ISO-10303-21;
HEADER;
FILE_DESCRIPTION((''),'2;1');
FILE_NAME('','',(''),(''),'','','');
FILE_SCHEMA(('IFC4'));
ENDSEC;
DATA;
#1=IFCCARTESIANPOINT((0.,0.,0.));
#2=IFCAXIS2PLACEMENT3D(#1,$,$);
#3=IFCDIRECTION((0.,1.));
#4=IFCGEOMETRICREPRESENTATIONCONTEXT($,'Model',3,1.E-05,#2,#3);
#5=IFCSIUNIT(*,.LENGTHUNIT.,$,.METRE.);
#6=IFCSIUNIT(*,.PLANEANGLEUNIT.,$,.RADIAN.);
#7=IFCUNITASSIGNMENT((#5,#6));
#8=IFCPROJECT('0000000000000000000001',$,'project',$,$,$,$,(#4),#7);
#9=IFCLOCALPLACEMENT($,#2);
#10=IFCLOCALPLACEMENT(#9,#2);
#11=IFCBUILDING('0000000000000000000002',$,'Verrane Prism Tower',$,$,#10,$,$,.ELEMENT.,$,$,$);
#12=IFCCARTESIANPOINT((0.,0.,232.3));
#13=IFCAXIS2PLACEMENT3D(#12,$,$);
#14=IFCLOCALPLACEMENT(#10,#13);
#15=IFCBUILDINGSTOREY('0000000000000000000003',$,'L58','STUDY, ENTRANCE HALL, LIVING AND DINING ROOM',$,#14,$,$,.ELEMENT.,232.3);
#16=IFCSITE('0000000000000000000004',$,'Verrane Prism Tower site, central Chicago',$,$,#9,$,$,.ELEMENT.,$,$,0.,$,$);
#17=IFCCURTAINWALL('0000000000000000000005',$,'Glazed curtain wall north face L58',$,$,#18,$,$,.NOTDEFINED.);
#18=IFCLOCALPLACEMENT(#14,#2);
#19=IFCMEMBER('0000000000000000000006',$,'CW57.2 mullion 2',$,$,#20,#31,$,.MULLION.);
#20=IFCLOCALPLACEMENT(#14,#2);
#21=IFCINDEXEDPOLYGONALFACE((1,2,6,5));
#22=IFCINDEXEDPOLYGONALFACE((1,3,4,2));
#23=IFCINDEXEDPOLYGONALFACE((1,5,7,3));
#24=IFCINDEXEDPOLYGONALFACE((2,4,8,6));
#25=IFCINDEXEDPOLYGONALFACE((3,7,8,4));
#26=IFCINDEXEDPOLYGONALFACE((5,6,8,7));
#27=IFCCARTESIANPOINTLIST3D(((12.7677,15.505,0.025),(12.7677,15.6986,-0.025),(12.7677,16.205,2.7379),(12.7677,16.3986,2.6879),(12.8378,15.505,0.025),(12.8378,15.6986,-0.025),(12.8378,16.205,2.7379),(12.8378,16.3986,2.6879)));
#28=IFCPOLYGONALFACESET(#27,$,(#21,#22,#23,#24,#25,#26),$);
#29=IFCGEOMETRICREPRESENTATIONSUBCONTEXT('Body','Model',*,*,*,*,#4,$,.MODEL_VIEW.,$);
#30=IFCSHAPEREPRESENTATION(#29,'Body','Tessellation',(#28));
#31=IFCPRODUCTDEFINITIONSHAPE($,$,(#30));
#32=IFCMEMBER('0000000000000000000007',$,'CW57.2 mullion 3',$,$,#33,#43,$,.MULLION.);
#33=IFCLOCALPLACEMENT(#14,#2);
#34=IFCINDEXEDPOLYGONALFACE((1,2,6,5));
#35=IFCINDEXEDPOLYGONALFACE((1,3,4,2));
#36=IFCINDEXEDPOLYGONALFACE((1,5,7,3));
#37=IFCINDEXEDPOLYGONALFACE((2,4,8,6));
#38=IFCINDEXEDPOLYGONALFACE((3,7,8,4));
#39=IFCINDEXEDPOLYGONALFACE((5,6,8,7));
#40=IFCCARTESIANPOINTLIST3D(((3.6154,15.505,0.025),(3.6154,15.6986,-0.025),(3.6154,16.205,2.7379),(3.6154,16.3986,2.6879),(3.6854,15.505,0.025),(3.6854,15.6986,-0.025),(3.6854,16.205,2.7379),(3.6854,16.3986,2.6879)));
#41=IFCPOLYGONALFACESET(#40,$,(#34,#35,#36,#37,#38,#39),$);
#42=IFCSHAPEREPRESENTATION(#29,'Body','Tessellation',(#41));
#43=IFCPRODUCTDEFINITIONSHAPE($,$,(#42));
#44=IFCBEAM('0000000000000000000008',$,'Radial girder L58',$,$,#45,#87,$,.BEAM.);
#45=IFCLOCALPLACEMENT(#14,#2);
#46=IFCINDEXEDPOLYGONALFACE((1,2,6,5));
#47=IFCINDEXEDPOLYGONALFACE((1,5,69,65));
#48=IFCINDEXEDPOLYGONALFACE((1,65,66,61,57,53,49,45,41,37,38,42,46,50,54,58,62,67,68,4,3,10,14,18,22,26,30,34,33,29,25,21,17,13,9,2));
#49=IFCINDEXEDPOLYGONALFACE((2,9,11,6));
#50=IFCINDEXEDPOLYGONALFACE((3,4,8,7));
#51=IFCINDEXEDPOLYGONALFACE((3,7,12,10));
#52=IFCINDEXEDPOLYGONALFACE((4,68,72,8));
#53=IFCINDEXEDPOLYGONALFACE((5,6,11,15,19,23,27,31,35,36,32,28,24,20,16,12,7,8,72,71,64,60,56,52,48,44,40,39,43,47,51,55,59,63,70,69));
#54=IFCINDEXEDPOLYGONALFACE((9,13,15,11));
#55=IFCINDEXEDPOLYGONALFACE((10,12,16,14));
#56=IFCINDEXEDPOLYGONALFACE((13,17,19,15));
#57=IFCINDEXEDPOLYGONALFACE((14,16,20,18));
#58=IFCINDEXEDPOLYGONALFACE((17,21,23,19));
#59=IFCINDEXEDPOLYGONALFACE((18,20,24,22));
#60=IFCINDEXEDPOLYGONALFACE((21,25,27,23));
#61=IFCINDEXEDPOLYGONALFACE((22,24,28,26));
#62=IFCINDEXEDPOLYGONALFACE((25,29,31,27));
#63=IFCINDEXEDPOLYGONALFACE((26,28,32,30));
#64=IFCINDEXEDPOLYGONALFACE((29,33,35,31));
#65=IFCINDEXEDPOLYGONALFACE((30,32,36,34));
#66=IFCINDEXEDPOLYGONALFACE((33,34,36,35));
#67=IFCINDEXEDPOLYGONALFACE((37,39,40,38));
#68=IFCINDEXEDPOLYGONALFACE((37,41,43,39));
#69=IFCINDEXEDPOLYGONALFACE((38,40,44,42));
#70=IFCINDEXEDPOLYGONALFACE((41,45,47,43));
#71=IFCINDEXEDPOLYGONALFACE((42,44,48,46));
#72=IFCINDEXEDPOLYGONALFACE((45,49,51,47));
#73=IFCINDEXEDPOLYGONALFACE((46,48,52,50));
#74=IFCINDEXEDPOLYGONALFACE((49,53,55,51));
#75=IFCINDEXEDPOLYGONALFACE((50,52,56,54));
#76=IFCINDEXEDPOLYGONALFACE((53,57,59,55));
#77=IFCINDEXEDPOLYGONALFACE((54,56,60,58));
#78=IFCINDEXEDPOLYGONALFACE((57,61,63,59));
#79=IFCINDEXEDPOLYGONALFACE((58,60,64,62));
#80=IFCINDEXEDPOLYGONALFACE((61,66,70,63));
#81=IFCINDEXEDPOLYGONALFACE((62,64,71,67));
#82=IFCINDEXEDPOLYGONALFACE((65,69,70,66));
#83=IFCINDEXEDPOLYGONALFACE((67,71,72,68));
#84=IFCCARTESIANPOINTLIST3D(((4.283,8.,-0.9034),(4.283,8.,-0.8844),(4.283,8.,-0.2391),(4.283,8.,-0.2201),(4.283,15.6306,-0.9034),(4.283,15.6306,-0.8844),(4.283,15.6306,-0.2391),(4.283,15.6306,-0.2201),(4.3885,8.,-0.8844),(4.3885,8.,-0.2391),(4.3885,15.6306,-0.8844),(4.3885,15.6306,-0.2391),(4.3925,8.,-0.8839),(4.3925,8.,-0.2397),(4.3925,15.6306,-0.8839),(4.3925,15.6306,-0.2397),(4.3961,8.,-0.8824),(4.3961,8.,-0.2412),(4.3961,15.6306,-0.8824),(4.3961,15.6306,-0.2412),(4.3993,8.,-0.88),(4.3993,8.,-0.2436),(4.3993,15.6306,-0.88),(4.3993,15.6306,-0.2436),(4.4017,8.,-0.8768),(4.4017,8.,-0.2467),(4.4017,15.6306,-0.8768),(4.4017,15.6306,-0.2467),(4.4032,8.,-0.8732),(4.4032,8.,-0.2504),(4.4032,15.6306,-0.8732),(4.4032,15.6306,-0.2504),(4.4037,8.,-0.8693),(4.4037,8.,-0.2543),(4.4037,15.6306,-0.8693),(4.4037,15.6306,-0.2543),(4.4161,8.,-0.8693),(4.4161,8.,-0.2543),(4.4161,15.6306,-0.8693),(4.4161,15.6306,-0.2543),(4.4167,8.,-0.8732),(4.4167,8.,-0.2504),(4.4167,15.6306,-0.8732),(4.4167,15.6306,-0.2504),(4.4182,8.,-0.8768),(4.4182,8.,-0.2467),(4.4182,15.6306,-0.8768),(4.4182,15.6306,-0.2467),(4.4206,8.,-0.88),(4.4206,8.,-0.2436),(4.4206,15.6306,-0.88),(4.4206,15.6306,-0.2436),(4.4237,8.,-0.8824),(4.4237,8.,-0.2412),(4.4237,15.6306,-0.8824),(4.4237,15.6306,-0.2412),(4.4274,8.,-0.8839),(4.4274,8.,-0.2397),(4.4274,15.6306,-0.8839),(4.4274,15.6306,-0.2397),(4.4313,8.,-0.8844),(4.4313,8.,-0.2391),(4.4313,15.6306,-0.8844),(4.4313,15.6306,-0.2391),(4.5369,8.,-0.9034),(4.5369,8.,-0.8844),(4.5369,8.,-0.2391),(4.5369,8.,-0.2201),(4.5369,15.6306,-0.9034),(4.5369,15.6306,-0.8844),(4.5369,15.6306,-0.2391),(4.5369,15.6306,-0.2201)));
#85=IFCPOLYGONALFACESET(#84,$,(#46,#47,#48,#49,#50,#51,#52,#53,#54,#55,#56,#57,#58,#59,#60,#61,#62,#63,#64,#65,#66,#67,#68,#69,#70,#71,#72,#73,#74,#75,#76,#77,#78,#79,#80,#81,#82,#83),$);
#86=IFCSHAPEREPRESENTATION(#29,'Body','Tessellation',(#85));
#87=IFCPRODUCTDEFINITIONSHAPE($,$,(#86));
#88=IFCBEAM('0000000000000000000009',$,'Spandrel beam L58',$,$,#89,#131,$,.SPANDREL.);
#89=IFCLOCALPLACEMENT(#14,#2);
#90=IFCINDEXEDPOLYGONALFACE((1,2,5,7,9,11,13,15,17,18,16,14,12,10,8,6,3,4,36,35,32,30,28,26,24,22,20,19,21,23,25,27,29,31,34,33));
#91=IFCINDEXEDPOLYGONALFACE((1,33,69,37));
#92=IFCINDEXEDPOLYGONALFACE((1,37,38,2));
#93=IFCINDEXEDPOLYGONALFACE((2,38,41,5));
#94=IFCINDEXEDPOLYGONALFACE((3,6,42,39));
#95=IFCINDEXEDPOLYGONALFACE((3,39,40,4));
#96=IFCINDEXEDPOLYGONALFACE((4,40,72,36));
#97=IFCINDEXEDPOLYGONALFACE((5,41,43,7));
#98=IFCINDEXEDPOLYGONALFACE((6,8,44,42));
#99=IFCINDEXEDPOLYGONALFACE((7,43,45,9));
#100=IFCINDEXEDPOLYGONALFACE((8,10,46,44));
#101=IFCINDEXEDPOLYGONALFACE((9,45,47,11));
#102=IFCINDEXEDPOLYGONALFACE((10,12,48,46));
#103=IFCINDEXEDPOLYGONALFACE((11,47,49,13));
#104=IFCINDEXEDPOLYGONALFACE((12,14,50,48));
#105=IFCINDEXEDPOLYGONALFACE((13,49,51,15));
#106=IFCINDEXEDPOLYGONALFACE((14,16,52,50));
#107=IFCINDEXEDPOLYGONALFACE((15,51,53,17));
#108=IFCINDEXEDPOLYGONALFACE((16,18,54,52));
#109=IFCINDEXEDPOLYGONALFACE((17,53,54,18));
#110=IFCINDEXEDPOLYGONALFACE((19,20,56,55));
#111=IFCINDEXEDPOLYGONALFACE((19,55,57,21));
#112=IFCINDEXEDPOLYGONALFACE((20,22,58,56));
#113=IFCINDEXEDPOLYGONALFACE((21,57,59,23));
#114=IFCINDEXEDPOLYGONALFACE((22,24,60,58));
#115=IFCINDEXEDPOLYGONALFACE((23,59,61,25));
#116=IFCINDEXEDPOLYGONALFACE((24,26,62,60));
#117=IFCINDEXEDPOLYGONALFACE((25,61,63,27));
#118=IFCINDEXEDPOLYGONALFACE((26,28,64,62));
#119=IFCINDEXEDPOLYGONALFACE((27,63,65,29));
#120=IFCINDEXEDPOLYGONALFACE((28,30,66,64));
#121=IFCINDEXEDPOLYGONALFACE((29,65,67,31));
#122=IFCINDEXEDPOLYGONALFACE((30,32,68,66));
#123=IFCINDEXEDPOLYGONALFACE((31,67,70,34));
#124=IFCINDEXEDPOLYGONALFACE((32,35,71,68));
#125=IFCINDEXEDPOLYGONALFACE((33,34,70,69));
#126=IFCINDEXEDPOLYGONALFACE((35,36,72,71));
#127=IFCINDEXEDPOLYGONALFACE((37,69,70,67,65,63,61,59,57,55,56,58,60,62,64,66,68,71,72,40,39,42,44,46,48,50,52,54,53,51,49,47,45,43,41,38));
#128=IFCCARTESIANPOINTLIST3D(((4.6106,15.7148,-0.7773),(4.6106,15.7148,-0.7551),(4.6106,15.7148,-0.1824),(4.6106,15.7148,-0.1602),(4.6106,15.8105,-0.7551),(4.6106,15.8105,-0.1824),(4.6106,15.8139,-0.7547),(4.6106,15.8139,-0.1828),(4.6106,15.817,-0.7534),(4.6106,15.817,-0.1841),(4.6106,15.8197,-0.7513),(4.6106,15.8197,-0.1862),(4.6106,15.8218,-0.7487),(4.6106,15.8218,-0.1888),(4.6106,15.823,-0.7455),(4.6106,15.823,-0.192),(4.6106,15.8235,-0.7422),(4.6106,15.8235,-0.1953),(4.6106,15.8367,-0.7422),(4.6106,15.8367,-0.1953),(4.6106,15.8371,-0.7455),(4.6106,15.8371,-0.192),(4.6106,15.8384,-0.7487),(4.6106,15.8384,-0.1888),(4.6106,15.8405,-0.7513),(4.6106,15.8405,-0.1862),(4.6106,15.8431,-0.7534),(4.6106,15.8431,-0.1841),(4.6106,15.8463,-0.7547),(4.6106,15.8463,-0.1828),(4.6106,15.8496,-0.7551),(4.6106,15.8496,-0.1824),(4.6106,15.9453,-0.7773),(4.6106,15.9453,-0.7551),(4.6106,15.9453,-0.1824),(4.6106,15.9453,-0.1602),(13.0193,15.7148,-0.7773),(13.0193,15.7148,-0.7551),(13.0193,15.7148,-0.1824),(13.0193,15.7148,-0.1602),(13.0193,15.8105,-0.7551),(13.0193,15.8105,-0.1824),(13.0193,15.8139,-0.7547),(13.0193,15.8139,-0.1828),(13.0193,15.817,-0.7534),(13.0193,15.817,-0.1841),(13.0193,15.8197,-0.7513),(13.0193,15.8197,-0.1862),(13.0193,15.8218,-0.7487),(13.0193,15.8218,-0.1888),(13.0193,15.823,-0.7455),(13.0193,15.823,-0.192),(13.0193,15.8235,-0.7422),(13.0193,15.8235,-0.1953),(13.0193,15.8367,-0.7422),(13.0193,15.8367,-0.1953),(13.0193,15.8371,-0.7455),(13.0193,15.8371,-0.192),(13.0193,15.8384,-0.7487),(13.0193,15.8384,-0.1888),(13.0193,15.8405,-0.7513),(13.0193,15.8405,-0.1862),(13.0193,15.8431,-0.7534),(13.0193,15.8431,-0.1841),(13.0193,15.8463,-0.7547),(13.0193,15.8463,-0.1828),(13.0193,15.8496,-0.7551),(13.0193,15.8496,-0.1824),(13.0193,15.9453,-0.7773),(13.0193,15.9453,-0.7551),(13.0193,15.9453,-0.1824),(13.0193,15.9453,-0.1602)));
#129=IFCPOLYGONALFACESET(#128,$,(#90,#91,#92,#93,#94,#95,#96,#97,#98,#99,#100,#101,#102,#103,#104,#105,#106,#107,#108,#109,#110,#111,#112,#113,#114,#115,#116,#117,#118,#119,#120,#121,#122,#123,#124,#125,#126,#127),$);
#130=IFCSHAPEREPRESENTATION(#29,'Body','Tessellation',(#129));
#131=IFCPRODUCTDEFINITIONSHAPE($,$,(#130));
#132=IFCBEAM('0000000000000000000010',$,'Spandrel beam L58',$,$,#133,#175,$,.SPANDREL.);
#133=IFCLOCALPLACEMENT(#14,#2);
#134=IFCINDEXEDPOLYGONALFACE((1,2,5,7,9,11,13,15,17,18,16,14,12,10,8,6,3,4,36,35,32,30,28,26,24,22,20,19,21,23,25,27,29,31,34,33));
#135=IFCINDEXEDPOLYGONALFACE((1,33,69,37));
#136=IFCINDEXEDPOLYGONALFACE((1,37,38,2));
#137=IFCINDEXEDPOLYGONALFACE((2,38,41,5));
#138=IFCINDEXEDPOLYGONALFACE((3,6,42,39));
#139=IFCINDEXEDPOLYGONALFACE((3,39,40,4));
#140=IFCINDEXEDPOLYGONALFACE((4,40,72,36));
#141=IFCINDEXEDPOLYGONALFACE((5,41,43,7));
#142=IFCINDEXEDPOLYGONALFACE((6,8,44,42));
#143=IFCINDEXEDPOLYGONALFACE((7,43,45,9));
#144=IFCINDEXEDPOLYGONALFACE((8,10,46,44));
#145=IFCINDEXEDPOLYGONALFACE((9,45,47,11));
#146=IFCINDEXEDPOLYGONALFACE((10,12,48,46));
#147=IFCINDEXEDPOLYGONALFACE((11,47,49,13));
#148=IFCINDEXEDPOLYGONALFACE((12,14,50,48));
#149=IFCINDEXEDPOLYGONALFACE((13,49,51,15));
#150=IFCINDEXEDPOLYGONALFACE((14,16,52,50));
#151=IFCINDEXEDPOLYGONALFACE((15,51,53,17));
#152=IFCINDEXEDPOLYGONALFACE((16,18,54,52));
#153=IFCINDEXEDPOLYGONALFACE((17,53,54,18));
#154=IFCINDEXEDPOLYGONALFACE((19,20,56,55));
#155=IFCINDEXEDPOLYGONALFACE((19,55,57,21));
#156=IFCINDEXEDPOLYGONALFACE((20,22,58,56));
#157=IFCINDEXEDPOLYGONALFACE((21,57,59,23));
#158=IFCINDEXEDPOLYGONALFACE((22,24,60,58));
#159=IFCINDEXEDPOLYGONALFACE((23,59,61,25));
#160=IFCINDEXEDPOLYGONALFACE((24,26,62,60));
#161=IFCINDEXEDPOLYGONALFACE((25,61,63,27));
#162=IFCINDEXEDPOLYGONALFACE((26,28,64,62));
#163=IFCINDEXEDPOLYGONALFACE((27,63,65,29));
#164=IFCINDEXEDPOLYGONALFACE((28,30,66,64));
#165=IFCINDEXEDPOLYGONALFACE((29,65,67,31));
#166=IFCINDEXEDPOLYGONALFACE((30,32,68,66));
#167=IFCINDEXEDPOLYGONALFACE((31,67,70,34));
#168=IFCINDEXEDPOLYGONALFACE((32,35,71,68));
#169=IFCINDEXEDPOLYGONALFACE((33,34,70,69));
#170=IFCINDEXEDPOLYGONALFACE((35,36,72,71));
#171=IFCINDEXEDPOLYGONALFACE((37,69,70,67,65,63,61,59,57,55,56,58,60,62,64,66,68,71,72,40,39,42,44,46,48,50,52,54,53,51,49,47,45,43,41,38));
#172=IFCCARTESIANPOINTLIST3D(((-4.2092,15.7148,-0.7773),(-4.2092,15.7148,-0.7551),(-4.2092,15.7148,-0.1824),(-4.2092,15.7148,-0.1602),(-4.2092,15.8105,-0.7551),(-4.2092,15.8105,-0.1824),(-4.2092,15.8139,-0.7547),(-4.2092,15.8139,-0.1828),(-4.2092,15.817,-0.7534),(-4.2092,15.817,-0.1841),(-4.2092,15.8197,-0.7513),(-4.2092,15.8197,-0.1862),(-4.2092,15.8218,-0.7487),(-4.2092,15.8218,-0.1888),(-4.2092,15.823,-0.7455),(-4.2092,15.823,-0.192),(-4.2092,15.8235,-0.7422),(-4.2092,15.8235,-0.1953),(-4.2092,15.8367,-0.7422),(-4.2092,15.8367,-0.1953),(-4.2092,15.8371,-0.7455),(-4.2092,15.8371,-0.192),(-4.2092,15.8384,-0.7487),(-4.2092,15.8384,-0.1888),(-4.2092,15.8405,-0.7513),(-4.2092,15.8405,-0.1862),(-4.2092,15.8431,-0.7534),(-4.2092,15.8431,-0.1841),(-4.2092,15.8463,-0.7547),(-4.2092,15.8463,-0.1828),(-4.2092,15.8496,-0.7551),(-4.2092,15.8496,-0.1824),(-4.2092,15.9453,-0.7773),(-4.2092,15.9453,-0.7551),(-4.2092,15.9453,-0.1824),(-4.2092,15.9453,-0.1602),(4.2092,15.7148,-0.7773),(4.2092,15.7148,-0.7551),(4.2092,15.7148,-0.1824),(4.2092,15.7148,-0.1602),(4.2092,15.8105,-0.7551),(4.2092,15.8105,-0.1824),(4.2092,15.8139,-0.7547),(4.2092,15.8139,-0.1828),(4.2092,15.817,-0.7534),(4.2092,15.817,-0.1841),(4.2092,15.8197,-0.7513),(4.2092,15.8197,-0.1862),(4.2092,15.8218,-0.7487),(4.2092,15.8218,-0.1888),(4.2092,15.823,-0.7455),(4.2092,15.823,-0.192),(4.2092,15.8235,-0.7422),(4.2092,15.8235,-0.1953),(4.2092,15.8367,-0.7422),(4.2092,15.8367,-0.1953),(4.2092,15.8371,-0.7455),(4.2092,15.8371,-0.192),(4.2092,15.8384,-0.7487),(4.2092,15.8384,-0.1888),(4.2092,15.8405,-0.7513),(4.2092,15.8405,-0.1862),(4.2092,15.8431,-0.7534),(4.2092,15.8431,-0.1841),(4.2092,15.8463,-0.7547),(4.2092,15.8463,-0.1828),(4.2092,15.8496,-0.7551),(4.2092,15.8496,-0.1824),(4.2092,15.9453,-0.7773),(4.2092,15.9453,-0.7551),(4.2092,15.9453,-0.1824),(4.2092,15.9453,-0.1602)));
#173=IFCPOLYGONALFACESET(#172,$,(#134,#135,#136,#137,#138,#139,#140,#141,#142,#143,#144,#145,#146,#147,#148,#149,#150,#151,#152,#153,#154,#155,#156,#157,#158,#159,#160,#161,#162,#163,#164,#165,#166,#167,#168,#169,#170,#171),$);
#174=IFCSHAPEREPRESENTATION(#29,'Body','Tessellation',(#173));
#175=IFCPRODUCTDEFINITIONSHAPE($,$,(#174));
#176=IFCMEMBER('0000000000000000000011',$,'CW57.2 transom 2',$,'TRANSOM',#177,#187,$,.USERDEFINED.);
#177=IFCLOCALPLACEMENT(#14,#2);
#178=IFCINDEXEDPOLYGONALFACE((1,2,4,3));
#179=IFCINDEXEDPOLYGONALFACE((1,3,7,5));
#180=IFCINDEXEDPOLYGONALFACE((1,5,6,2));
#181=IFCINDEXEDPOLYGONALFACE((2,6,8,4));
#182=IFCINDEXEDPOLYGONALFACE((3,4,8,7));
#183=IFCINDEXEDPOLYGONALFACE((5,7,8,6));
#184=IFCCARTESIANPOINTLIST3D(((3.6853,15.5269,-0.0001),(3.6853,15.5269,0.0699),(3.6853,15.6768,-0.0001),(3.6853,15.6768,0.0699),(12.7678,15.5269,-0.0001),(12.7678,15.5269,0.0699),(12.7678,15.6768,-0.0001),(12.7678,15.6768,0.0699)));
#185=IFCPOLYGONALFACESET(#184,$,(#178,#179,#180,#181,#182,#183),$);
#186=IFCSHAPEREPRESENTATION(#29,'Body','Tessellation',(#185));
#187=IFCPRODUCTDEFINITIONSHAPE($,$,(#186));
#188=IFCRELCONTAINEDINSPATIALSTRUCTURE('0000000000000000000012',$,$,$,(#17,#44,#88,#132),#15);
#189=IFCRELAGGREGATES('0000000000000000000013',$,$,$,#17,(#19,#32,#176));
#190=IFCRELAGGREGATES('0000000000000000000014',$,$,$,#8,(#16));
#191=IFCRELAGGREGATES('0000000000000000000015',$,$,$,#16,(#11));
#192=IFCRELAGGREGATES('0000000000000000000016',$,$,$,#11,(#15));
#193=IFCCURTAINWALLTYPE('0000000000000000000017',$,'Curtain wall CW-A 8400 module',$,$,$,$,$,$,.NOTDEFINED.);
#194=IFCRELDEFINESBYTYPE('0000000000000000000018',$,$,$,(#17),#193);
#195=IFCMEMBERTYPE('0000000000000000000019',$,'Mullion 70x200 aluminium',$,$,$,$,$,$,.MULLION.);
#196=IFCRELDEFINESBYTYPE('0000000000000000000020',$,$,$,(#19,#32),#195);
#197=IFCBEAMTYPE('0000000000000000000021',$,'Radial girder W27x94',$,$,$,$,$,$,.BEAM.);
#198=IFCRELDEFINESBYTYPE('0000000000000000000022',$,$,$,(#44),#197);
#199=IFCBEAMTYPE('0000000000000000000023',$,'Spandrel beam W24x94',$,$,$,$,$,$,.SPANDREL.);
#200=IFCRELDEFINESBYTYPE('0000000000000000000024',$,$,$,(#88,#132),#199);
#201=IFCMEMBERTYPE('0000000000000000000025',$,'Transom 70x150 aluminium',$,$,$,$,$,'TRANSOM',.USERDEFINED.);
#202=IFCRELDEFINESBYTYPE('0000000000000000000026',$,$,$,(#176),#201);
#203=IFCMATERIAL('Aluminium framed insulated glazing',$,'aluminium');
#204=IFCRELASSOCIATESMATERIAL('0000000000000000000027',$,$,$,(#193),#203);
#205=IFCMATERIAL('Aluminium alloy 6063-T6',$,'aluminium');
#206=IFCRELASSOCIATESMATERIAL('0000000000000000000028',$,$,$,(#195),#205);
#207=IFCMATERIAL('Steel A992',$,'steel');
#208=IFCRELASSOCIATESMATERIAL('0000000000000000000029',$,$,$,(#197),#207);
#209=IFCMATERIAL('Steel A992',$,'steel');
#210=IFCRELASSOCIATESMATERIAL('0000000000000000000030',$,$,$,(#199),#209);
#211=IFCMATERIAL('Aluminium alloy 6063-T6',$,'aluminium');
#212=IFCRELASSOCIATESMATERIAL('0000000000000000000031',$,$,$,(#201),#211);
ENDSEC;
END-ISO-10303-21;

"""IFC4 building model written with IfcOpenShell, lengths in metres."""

from ifc_helpers import new_model, si_unit, direction, frame, origin, origin_2d, place, context, subcontext, project, spatial, rectangle, i_section, extrude, material, material_profile, profile_set, type_object, element, aggregate, save


model = new_model("IFC4")

# Units and contexts
model_context = context("Model", 3, precision=1e-05, world=origin(), true_north=direction((0.0, 1.0)))
body_context = subcontext(model_context, "Body", "Model", "MODEL_VIEW")
ifc_project = project(units=[si_unit("LENGTHUNIT", "METRE"), si_unit("PLANEANGLEUNIT", "RADIAN")], contexts=[model_context])

# Site, building, storey
site_placement = place(None, origin())
site = spatial("IfcSite", under=ifc_project, at=site_placement, Name="Verrane Prism Tower site, central Chicago", CompositionType="ELEMENT", RefElevation=0.0)
building_placement = place(site_placement, origin())
building = spatial("IfcBuilding", under=site, at=building_placement, Name="Verrane Prism Tower", CompositionType="ELEMENT")
storey_placement = place(building_placement, frame((0.0, 0.0, 232.3)))
storey = spatial("IfcBuildingStorey", under=building, at=storey_placement, Name="L58", Description="STUDY, ENTRANCE HALL, LIVING AND DINING ROOM", CompositionType="ELEMENT", Elevation=232.3)

# Curtain wall, members
ifc_material_1 = material(Name="Aluminium framed insulated glazing", Category="aluminium")
curtain_wall_type = type_object("IfcCurtainWallType", Name="Curtain wall CW-A 8400 module", PredefinedType="NOTDEFINED", material=ifc_material_1)
curtain_wall_placement = place(storey_placement, origin())
curtain_wall = element("IfcCurtainWall", 1, at=curtain_wall_placement, inside=storey, type_object=curtain_wall_type, Name="Glazed curtain wall north face L58", PredefinedType="NOTDEFINED")
ifc_material_2 = material(Name="Aluminium alloy 6063-T6", Category="aluminium")
ifc_material_profile_1 = material_profile(ifc_material_2, rectangle(XDim=0.2, YDim=0.0701, at=origin_2d()), Name="Mullion 70x200 aluminium")
ifc_profile_set_1 = profile_set([ifc_material_profile_1], Name="Aluminium alloy 6063-T6")
member_type_1 = type_object("IfcMemberType", Name="Mullion 70x200 aluminium", PredefinedType="MULLION", material=ifc_profile_set_1)
member_1_placement = place(storey_placement, frame((12.8027, 15.6018, 0.0), z_axis=(0.0, 0.249828, 0.96829), x_axis=(0.0, 0.96829, -0.249828)))
member_1 = element("IfcMember", 2, at=member_1_placement, type_object=member_type_1, Name="CW57.2 mullion 2", PredefinedType="MULLION", context=body_context, shape_type="SweptSolid", body=[
    extrude(rectangle(XDim=0.2, YDim=0.0701, at=origin_2d()), origin(), (0.0, 0.0, 1.0), 2.8018),
])
member_2_placement = place(storey_placement, frame((3.6504, 15.6018, 0.0), z_axis=(0.0, 0.249828, 0.96829), x_axis=(0.0, 0.96829, -0.249828)))
member_2 = element("IfcMember", 3, at=member_2_placement, type_object=member_type_1, Name="CW57.2 mullion 3", PredefinedType="MULLION", context=body_context, shape_type="SweptSolid", body=[
    extrude(rectangle(XDim=0.2, YDim=0.0701, at=origin_2d()), origin(), (0.0, 0.0, 1.0), 2.8018),
])

# Beams
ifc_material_3 = material(Name="Steel A992", Category="steel")
ifc_material_profile_2 = material_profile(ifc_material_3, i_section(OverallWidth=0.2539, OverallDepth=0.6833, WebThickness=0.0125, FlangeThickness=0.019, FilletRadius=0.0151, at=origin_2d()), Name="W27x94")
ifc_profile_set_2 = profile_set([ifc_material_profile_2], Name="Steel A992")
beam_type_1 = type_object("IfcBeamType", Name="Radial girder W27x94", PredefinedType="BEAM", material=ifc_profile_set_2)
beam_1_placement = place(storey_placement, frame((4.4099, 15.6306, -0.5618), z_axis=(0.0, -1.0, 0.0), x_axis=(1.0, 0.0, 0.0)))
element("IfcBeam", 4, at=beam_1_placement, inside=storey, type_object=beam_type_1, Name="Radial girder L58", PredefinedType="BEAM", context=body_context, shape_type="SweptSolid", body=[
    extrude(i_section(OverallWidth=0.2539, OverallDepth=0.6833, WebThickness=0.0125, FlangeThickness=0.019, FilletRadius=0.0151, at=origin_2d()), origin(), (0.0, 0.0, 1.0), 7.6306),
])
ifc_material_4 = material(Name="Steel A992", Category="steel")
ifc_material_profile_3 = material_profile(ifc_material_4, i_section(OverallWidth=0.2305, OverallDepth=0.6172, WebThickness=0.0132, FlangeThickness=0.0222, FilletRadius=0.0129, at=origin_2d()), Name="W24x94")
ifc_profile_set_3 = profile_set([ifc_material_profile_3], Name="Steel A992")
beam_type_2 = type_object("IfcBeamType", Name="Spandrel beam W24x94", PredefinedType="SPANDREL", material=ifc_profile_set_3)
beam_2_placement = place(storey_placement, frame((13.0193, 15.8301, -0.4688), z_axis=(-1.0, 0.0, 0.0), x_axis=(0.0, -1.0, 0.0)))
element("IfcBeam", 5, at=beam_2_placement, inside=storey, type_object=beam_type_2, Name="Spandrel beam L58", PredefinedType="SPANDREL", context=body_context, shape_type="SweptSolid", body=[
    extrude(i_section(OverallWidth=0.2305, OverallDepth=0.6172, WebThickness=0.0132, FlangeThickness=0.0222, FilletRadius=0.0129, at=origin_2d()), origin(), (0.0, 0.0, 1.0), 8.4087),
])
beam_3_placement = place(storey_placement, frame((4.2092, 15.8301, -0.4688), z_axis=(-1.0, 0.0, 0.0), x_axis=(0.0, -1.0, 0.0)))
element("IfcBeam", 6, at=beam_3_placement, inside=storey, type_object=beam_type_2, Name="Spandrel beam L58", PredefinedType="SPANDREL", context=body_context, shape_type="SweptSolid", body=[
    extrude(i_section(OverallWidth=0.2305, OverallDepth=0.6172, WebThickness=0.0132, FlangeThickness=0.0222, FilletRadius=0.0129, at=origin_2d()), origin(), (0.0, 0.0, 1.0), 8.4185),
])

# Member
ifc_material_5 = material(Name="Aluminium alloy 6063-T6", Category="aluminium")
ifc_material_profile_4 = material_profile(ifc_material_5, rectangle(XDim=0.1499, YDim=0.0701, at=origin_2d()), Name="Transom 70x150 aluminium")
ifc_profile_set_4 = profile_set([ifc_material_profile_4], Name="Aluminium alloy 6063-T6")
member_type_2 = type_object("IfcMemberType", Name="Transom 70x150 aluminium", ElementType="TRANSOM", PredefinedType="USERDEFINED", material=ifc_profile_set_4)
member_3_placement = place(storey_placement, frame((12.7678, 15.6018, 0.0349), z_axis=(-1.0, 0.0, 0.0), x_axis=(0.0, -1.0, 0.0)))
member_3 = element("IfcMember", 7, at=member_3_placement, type_object=member_type_2, Name="CW57.2 transom 2", ObjectType="TRANSOM", PredefinedType="USERDEFINED", context=body_context, shape_type="SweptSolid", body=[
    extrude(rectangle(XDim=0.1499, YDim=0.0701, at=origin_2d()), origin(), (0.0, 0.0, 1.0), 9.0825),
])

aggregate(curtain_wall, [member_1, member_2, member_3])

save(model, "model.ifc")
